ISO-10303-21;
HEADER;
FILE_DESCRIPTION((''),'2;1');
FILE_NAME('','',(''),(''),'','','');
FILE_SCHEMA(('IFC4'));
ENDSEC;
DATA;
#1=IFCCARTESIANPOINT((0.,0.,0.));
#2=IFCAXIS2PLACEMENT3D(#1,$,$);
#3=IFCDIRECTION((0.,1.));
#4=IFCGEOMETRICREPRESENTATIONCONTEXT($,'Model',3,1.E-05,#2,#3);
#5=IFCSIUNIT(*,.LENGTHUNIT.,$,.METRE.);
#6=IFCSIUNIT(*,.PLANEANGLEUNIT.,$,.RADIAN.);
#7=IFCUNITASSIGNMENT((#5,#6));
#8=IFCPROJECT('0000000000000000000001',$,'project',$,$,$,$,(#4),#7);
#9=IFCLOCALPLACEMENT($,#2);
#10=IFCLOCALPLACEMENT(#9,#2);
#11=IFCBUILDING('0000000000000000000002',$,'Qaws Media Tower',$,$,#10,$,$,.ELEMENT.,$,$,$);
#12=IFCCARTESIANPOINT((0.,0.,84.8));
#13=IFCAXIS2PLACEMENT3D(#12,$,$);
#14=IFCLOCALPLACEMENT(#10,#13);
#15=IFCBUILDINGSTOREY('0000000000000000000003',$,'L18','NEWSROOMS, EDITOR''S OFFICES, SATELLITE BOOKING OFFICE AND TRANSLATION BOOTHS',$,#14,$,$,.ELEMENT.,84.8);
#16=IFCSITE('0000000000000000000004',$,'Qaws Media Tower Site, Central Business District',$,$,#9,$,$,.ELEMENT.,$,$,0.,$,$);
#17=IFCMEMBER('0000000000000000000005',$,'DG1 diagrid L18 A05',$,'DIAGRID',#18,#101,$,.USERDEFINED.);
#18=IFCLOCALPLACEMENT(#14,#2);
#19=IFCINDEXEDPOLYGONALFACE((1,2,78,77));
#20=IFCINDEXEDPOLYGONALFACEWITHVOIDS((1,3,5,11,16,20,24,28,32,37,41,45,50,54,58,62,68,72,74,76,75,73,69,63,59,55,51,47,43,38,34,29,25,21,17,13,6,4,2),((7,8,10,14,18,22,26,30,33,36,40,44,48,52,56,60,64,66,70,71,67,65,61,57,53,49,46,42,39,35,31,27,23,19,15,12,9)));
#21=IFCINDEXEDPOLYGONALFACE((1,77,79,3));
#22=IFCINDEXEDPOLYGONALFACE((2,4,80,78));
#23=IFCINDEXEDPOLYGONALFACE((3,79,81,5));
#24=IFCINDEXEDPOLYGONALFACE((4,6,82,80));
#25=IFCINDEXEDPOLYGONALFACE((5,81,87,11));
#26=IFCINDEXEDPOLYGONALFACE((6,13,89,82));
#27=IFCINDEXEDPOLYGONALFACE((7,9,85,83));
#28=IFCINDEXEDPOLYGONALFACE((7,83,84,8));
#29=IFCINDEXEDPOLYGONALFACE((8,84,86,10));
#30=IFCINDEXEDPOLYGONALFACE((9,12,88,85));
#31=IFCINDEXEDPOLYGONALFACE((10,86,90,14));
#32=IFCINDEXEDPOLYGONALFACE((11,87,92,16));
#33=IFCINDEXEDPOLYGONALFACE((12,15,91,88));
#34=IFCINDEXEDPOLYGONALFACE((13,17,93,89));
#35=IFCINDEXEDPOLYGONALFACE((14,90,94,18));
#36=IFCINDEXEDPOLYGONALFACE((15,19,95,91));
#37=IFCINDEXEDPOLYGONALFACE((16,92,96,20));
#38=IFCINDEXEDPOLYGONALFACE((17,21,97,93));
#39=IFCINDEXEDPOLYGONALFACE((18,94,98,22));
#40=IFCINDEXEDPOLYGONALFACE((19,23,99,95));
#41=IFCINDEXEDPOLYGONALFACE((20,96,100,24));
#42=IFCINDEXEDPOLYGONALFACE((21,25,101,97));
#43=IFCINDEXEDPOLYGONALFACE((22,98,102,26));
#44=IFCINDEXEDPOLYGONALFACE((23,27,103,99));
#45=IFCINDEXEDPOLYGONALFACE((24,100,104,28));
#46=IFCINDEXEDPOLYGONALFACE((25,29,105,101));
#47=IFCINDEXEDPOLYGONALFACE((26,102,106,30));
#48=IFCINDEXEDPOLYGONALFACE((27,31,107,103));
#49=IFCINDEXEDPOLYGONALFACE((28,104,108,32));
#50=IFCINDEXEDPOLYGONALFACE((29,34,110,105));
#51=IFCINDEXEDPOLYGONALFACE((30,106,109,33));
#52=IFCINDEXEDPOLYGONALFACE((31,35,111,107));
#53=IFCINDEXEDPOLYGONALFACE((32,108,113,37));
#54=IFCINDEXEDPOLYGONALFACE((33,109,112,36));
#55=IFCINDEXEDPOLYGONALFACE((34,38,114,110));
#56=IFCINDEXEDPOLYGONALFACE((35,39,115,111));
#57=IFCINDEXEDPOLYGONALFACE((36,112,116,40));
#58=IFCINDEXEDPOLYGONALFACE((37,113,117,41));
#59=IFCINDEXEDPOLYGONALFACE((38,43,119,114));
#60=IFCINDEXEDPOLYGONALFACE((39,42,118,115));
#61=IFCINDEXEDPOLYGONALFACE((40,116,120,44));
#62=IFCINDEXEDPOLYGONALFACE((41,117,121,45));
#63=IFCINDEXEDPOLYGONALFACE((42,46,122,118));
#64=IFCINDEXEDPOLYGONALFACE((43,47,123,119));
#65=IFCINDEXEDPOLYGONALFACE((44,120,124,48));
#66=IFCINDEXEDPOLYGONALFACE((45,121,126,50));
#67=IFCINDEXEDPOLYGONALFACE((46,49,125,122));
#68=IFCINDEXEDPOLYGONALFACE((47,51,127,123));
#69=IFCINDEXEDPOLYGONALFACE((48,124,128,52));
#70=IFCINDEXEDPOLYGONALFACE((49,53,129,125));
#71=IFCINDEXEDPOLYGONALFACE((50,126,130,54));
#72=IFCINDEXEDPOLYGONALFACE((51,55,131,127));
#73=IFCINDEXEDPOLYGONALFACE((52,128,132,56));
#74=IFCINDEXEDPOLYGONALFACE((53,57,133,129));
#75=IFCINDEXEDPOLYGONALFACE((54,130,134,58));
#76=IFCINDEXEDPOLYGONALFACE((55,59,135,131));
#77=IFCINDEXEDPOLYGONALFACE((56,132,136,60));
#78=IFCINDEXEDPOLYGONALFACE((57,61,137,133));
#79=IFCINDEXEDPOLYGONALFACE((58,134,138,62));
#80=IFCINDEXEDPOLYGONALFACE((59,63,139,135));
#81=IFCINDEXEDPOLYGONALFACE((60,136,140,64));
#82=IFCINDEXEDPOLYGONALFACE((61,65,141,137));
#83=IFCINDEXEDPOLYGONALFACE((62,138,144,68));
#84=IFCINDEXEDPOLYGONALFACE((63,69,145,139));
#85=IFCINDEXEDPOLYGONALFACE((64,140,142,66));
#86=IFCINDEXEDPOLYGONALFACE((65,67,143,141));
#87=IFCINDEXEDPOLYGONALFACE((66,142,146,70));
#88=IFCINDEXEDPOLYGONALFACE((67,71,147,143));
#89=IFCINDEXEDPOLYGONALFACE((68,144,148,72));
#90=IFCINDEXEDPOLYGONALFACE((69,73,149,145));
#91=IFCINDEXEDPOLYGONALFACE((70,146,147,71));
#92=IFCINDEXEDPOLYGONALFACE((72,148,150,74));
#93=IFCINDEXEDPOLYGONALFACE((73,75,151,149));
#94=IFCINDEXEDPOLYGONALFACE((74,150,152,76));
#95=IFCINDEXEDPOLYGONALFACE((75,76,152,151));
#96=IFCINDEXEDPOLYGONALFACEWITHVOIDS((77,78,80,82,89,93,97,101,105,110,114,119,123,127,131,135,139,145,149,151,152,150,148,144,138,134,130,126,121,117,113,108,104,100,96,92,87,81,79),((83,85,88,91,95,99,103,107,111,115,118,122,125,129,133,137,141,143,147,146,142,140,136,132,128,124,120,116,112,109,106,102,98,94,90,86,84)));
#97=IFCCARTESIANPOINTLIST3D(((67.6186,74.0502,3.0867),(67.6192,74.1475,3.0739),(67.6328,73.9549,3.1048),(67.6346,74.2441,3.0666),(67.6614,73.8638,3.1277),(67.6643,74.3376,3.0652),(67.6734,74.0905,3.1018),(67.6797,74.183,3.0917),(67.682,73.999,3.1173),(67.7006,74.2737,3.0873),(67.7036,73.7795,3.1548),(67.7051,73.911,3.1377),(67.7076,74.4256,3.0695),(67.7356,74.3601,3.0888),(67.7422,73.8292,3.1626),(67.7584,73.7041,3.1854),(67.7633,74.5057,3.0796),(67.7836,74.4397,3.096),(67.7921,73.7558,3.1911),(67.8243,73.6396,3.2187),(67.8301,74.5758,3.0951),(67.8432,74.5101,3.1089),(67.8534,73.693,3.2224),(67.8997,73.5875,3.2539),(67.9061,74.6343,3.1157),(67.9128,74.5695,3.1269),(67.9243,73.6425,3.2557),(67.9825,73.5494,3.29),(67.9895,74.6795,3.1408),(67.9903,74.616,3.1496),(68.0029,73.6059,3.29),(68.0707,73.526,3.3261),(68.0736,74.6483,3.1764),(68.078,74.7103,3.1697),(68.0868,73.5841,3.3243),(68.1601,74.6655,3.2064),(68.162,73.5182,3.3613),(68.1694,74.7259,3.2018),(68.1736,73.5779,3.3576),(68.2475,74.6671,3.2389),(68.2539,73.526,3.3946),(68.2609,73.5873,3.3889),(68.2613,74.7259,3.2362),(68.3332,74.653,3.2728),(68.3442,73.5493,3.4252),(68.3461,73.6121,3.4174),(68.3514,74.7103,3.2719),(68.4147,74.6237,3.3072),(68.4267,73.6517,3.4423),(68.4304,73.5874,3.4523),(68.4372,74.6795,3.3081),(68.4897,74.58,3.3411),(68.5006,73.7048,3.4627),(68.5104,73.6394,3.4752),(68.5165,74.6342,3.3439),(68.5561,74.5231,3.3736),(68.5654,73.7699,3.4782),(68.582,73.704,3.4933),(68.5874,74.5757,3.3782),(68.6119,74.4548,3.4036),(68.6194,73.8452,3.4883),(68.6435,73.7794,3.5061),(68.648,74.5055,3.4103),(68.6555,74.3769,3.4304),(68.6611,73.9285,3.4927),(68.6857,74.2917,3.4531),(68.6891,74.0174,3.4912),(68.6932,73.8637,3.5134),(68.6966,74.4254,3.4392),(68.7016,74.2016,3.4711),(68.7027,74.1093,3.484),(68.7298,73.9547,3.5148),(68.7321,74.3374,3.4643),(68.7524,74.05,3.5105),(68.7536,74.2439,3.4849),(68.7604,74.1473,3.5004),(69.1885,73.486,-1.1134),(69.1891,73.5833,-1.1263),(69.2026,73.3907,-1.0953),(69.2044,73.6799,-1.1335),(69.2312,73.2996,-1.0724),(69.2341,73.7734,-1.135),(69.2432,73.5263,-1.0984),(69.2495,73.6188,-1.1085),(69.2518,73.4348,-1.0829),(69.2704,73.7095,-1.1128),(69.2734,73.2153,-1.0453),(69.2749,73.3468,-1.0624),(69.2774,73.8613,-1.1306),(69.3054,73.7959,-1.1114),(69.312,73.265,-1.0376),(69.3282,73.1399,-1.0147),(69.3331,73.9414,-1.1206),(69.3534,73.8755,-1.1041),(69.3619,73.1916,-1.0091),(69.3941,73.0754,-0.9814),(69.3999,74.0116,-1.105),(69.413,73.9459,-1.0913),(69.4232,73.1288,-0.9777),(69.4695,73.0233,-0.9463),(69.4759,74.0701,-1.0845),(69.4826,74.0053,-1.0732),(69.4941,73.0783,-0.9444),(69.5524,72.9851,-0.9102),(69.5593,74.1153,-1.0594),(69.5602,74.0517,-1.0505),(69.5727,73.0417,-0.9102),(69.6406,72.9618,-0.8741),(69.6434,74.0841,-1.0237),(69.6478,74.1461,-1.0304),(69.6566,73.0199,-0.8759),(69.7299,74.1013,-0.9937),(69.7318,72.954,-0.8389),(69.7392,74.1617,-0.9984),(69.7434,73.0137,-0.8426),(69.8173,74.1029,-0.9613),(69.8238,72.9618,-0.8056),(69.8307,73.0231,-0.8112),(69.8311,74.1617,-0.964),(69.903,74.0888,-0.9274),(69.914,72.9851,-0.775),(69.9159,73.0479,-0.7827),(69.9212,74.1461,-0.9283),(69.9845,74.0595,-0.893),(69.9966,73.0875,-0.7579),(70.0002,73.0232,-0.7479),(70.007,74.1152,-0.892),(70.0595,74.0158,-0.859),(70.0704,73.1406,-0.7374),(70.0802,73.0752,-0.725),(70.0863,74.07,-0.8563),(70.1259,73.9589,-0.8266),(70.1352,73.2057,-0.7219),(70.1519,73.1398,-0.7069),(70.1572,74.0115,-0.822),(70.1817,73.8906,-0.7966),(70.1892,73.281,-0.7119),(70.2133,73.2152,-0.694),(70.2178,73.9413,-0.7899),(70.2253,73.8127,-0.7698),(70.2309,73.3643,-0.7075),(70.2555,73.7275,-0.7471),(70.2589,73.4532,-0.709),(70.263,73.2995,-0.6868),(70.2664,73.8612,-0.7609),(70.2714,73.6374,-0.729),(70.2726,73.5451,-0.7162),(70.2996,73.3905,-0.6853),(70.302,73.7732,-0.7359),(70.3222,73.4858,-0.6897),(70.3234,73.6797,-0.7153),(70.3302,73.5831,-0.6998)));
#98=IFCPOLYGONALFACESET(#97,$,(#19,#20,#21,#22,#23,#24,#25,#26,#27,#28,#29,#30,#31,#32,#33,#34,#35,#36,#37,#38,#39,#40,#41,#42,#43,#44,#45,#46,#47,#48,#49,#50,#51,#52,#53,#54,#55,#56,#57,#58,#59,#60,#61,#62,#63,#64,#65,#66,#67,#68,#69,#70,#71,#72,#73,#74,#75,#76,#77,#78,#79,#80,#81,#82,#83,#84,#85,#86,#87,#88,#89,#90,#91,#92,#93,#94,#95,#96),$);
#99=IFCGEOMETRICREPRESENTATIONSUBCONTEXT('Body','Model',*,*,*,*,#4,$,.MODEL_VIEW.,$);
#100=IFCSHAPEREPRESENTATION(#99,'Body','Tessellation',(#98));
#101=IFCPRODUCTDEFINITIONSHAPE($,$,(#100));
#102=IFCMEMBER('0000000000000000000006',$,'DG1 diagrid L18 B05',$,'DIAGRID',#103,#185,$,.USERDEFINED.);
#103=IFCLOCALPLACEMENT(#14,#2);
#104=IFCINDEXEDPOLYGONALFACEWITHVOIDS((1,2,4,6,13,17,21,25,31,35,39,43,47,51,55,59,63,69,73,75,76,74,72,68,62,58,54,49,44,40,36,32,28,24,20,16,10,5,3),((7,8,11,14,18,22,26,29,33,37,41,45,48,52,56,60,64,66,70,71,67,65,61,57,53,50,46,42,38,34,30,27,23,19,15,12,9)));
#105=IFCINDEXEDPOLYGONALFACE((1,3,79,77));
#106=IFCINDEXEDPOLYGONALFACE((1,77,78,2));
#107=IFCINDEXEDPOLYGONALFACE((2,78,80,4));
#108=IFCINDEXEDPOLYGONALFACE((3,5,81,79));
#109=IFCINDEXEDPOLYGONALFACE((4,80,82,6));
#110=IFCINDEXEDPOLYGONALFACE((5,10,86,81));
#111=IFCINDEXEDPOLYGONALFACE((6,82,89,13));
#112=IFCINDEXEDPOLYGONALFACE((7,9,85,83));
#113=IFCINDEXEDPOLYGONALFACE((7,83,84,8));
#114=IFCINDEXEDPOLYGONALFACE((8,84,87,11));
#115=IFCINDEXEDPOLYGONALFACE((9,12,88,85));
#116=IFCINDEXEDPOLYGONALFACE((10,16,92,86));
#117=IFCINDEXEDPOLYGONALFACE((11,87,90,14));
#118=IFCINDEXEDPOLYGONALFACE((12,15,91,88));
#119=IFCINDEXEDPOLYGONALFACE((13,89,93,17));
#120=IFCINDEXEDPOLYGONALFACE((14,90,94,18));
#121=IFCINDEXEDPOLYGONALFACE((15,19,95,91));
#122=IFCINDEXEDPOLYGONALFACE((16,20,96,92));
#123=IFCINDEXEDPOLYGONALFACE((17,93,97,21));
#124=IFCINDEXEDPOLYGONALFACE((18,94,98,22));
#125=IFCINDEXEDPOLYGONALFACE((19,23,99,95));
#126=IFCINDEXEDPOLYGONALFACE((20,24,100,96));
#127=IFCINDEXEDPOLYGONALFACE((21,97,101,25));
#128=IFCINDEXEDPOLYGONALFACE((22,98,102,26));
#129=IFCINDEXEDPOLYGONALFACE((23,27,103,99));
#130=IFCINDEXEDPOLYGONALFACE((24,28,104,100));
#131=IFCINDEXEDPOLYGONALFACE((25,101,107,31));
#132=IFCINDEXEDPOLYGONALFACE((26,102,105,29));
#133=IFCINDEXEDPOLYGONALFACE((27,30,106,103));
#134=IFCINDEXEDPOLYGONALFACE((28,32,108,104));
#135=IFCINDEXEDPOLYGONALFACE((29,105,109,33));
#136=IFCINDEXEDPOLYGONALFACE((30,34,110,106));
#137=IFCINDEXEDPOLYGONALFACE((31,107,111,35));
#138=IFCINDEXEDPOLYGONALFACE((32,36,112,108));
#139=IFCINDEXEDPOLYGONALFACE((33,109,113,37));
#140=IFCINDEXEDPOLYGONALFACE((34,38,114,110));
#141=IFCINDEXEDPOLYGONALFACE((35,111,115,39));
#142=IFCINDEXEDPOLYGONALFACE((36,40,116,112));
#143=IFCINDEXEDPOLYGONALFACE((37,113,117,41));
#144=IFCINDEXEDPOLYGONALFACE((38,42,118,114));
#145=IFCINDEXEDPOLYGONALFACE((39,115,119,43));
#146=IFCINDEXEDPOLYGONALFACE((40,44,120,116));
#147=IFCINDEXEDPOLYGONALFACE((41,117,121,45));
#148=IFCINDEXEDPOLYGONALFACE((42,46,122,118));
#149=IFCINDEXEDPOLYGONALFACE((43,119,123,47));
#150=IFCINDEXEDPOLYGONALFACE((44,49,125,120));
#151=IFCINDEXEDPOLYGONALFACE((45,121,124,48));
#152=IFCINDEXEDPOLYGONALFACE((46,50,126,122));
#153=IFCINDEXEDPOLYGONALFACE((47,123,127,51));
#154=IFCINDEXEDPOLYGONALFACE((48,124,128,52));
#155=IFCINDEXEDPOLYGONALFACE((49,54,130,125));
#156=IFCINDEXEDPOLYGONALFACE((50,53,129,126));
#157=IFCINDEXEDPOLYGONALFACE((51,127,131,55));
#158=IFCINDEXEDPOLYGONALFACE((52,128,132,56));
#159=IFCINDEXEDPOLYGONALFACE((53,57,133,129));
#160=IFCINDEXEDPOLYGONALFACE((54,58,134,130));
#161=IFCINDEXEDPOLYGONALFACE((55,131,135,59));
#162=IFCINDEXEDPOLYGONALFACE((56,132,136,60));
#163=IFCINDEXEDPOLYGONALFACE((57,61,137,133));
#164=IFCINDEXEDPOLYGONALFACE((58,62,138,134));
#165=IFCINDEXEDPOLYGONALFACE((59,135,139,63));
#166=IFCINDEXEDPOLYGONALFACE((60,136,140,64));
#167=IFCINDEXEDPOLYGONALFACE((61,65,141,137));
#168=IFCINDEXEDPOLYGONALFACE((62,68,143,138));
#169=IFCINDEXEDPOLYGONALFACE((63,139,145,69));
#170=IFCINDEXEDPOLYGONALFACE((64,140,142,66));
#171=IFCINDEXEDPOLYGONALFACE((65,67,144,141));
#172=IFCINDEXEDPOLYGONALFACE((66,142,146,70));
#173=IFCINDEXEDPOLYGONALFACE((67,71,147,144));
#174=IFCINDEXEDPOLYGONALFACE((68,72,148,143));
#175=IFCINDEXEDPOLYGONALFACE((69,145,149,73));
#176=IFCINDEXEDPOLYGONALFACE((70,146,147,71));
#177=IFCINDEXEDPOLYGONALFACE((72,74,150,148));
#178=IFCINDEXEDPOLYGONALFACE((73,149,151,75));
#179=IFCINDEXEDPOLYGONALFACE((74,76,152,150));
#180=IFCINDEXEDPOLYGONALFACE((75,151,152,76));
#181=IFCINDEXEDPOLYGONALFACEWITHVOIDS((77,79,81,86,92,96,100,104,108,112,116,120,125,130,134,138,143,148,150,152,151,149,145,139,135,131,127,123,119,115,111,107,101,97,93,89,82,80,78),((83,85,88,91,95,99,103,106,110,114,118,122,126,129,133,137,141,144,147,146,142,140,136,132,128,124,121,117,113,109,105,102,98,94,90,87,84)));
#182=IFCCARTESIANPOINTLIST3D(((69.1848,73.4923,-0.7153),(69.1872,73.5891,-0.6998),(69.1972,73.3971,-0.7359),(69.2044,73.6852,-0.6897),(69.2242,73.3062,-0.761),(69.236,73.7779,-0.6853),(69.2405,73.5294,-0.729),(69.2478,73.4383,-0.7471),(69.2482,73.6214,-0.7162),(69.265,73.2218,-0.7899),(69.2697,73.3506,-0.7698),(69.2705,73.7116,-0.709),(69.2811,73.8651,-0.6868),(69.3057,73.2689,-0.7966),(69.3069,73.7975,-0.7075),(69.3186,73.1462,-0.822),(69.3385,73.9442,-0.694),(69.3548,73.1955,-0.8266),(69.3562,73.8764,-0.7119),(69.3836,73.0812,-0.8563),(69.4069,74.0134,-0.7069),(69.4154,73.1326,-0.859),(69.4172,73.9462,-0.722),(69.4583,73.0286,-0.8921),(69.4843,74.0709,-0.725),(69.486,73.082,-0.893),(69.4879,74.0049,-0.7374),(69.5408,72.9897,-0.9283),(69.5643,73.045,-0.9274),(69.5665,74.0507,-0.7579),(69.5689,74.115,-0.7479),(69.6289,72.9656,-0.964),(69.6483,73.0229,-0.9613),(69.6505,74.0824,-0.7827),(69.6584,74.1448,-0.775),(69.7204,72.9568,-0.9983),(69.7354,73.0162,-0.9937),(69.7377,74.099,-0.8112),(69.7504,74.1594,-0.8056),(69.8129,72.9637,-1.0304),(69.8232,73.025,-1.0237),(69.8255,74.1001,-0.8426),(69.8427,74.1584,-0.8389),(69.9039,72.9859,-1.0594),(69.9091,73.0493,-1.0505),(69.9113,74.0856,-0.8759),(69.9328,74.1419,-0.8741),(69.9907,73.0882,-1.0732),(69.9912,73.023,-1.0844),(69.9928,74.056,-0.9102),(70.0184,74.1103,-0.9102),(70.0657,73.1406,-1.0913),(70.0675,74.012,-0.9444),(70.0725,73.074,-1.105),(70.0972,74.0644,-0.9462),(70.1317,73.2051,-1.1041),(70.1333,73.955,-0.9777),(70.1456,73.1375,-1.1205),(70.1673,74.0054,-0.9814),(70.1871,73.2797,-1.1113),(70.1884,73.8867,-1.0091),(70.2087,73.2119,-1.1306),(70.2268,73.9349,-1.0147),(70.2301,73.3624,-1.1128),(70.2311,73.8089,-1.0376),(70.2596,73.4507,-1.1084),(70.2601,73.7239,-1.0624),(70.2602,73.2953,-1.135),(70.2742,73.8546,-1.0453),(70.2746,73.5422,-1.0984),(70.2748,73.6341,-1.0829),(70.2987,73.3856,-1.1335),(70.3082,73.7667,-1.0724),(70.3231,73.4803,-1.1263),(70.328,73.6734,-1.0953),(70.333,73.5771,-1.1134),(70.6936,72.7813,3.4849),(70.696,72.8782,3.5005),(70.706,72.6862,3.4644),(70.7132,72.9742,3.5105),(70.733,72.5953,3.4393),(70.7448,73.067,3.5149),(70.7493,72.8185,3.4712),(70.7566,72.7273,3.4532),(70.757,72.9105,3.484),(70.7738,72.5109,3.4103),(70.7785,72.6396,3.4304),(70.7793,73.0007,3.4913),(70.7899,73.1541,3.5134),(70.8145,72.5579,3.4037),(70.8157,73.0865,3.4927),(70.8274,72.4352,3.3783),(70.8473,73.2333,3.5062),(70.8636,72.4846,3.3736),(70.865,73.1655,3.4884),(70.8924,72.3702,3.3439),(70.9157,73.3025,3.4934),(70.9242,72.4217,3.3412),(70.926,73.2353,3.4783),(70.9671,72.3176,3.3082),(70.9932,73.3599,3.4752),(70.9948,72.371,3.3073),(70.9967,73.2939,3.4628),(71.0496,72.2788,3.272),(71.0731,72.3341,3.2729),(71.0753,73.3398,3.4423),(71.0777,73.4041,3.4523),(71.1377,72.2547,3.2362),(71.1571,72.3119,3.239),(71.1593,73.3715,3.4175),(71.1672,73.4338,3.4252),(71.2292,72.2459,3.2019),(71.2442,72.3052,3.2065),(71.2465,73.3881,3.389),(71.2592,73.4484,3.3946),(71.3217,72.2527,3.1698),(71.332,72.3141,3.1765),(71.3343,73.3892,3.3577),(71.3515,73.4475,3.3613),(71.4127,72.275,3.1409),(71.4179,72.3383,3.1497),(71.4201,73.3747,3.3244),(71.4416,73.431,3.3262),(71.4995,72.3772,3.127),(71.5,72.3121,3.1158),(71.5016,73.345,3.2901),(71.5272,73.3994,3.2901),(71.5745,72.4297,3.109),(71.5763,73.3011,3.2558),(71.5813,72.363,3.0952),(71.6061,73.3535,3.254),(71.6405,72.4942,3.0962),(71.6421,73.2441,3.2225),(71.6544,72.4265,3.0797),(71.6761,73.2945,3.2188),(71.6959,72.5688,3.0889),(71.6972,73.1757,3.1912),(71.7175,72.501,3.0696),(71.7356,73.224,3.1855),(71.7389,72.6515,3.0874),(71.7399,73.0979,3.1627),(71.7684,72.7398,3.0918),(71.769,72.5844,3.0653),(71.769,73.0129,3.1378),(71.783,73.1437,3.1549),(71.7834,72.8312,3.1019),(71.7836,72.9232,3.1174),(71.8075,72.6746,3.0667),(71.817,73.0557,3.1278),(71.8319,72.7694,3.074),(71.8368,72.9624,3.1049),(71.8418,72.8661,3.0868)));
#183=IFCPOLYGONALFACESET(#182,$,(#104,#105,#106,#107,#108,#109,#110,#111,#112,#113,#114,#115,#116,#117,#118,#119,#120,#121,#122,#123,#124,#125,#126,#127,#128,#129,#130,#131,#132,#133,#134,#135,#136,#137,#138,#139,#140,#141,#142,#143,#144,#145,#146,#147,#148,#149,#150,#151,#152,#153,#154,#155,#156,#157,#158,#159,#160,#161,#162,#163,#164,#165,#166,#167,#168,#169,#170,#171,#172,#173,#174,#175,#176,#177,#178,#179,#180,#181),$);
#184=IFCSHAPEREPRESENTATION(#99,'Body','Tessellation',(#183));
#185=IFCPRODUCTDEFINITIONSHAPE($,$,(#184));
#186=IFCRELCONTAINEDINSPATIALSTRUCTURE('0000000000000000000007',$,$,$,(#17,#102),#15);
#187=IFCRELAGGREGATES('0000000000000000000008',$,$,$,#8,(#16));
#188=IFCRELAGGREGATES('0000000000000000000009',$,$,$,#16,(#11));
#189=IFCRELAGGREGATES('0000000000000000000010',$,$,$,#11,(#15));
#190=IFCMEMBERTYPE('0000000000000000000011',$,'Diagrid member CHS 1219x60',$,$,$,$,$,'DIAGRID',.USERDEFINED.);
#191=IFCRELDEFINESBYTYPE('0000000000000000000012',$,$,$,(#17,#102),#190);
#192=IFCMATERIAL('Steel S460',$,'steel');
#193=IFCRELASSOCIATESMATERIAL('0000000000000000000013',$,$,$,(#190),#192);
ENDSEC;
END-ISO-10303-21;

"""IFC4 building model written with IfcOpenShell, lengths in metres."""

from ifc_helpers import new_model, si_unit, direction, frame, origin, origin_2d, place, context, subcontext, project, spatial, hollow_circle, extrude, material, material_profile, profile_set, type_object, element, save


model = new_model("IFC4")

# Units and contexts
model_context = context("Model", 3, precision=1e-05, world=origin(), true_north=direction((0.0, 1.0)))
body_context = subcontext(model_context, "Body", "Model", "MODEL_VIEW")
ifc_project = project(units=[si_unit("LENGTHUNIT", "METRE"), si_unit("PLANEANGLEUNIT", "RADIAN")], contexts=[model_context])

# Site, building, storey
site_placement = place(None, origin())
site = spatial("IfcSite", under=ifc_project, at=site_placement, Name="Qaws Media Tower Site, Central Business District", CompositionType="ELEMENT", RefElevation=0.0)
building_placement = place(site_placement, origin())
building = spatial("IfcBuilding", under=site, at=building_placement, Name="Qaws Media Tower", CompositionType="ELEMENT")
storey_placement = place(building_placement, frame((0.0, 0.0, 84.8)))
storey = spatial("IfcBuildingStorey", under=building, at=storey_placement, Name="L18", Description="NEWSROOMS, EDITOR'S OFFICES, SATELLITE BOOKING OFFICE AND TRANSLATION BOOTHS", CompositionType="ELEMENT", Elevation=84.8)

# Members
ifc_material_1 = material(Name="Steel S460", Category="steel")
ifc_material_profile_1 = material_profile(ifc_material_1, hollow_circle(Radius=0.6096, WallThickness=0.0601, at=origin_2d()), Name="CHS 1219x60")
ifc_profile_set_1 = profile_set([ifc_material_profile_1], Name="Steel S460")
member_type_1 = type_object("IfcMemberType", Name="Diagrid member CHS 1219x60", ElementType="DIAGRID", PredefinedType="USERDEFINED", material=ifc_profile_set_1)
for number, where, z_axis, x_axis, name in (
    (1, (69.7585, 73.5588, -0.9102), (-0.347358, 0.124844, 0.929385), (-0.338227, -0.941065, 0.0), "DG1 diagrid L18 A05"),
    (2, (69.7585, 73.5588, -0.9102), (0.333859, -0.157314, 0.929403), (0.426248, 0.904606, 0.0), "DG1 diagrid L18 B05"),
):
    element("IfcMember", number, at=place(storey_placement, frame(where, z_axis=z_axis, x_axis=x_axis)), inside=storey, type_object=member_type_1, Name=name, ObjectType="DIAGRID", PredefinedType="USERDEFINED", context=body_context, shape_type="SweptSolid", body=[
        extrude(hollow_circle(Radius=0.6096, WallThickness=0.0601, at=origin_2d()), origin(), (0.0, 0.0, 1.0), 4.5193),
    ])

save(model, "model.ifc")
